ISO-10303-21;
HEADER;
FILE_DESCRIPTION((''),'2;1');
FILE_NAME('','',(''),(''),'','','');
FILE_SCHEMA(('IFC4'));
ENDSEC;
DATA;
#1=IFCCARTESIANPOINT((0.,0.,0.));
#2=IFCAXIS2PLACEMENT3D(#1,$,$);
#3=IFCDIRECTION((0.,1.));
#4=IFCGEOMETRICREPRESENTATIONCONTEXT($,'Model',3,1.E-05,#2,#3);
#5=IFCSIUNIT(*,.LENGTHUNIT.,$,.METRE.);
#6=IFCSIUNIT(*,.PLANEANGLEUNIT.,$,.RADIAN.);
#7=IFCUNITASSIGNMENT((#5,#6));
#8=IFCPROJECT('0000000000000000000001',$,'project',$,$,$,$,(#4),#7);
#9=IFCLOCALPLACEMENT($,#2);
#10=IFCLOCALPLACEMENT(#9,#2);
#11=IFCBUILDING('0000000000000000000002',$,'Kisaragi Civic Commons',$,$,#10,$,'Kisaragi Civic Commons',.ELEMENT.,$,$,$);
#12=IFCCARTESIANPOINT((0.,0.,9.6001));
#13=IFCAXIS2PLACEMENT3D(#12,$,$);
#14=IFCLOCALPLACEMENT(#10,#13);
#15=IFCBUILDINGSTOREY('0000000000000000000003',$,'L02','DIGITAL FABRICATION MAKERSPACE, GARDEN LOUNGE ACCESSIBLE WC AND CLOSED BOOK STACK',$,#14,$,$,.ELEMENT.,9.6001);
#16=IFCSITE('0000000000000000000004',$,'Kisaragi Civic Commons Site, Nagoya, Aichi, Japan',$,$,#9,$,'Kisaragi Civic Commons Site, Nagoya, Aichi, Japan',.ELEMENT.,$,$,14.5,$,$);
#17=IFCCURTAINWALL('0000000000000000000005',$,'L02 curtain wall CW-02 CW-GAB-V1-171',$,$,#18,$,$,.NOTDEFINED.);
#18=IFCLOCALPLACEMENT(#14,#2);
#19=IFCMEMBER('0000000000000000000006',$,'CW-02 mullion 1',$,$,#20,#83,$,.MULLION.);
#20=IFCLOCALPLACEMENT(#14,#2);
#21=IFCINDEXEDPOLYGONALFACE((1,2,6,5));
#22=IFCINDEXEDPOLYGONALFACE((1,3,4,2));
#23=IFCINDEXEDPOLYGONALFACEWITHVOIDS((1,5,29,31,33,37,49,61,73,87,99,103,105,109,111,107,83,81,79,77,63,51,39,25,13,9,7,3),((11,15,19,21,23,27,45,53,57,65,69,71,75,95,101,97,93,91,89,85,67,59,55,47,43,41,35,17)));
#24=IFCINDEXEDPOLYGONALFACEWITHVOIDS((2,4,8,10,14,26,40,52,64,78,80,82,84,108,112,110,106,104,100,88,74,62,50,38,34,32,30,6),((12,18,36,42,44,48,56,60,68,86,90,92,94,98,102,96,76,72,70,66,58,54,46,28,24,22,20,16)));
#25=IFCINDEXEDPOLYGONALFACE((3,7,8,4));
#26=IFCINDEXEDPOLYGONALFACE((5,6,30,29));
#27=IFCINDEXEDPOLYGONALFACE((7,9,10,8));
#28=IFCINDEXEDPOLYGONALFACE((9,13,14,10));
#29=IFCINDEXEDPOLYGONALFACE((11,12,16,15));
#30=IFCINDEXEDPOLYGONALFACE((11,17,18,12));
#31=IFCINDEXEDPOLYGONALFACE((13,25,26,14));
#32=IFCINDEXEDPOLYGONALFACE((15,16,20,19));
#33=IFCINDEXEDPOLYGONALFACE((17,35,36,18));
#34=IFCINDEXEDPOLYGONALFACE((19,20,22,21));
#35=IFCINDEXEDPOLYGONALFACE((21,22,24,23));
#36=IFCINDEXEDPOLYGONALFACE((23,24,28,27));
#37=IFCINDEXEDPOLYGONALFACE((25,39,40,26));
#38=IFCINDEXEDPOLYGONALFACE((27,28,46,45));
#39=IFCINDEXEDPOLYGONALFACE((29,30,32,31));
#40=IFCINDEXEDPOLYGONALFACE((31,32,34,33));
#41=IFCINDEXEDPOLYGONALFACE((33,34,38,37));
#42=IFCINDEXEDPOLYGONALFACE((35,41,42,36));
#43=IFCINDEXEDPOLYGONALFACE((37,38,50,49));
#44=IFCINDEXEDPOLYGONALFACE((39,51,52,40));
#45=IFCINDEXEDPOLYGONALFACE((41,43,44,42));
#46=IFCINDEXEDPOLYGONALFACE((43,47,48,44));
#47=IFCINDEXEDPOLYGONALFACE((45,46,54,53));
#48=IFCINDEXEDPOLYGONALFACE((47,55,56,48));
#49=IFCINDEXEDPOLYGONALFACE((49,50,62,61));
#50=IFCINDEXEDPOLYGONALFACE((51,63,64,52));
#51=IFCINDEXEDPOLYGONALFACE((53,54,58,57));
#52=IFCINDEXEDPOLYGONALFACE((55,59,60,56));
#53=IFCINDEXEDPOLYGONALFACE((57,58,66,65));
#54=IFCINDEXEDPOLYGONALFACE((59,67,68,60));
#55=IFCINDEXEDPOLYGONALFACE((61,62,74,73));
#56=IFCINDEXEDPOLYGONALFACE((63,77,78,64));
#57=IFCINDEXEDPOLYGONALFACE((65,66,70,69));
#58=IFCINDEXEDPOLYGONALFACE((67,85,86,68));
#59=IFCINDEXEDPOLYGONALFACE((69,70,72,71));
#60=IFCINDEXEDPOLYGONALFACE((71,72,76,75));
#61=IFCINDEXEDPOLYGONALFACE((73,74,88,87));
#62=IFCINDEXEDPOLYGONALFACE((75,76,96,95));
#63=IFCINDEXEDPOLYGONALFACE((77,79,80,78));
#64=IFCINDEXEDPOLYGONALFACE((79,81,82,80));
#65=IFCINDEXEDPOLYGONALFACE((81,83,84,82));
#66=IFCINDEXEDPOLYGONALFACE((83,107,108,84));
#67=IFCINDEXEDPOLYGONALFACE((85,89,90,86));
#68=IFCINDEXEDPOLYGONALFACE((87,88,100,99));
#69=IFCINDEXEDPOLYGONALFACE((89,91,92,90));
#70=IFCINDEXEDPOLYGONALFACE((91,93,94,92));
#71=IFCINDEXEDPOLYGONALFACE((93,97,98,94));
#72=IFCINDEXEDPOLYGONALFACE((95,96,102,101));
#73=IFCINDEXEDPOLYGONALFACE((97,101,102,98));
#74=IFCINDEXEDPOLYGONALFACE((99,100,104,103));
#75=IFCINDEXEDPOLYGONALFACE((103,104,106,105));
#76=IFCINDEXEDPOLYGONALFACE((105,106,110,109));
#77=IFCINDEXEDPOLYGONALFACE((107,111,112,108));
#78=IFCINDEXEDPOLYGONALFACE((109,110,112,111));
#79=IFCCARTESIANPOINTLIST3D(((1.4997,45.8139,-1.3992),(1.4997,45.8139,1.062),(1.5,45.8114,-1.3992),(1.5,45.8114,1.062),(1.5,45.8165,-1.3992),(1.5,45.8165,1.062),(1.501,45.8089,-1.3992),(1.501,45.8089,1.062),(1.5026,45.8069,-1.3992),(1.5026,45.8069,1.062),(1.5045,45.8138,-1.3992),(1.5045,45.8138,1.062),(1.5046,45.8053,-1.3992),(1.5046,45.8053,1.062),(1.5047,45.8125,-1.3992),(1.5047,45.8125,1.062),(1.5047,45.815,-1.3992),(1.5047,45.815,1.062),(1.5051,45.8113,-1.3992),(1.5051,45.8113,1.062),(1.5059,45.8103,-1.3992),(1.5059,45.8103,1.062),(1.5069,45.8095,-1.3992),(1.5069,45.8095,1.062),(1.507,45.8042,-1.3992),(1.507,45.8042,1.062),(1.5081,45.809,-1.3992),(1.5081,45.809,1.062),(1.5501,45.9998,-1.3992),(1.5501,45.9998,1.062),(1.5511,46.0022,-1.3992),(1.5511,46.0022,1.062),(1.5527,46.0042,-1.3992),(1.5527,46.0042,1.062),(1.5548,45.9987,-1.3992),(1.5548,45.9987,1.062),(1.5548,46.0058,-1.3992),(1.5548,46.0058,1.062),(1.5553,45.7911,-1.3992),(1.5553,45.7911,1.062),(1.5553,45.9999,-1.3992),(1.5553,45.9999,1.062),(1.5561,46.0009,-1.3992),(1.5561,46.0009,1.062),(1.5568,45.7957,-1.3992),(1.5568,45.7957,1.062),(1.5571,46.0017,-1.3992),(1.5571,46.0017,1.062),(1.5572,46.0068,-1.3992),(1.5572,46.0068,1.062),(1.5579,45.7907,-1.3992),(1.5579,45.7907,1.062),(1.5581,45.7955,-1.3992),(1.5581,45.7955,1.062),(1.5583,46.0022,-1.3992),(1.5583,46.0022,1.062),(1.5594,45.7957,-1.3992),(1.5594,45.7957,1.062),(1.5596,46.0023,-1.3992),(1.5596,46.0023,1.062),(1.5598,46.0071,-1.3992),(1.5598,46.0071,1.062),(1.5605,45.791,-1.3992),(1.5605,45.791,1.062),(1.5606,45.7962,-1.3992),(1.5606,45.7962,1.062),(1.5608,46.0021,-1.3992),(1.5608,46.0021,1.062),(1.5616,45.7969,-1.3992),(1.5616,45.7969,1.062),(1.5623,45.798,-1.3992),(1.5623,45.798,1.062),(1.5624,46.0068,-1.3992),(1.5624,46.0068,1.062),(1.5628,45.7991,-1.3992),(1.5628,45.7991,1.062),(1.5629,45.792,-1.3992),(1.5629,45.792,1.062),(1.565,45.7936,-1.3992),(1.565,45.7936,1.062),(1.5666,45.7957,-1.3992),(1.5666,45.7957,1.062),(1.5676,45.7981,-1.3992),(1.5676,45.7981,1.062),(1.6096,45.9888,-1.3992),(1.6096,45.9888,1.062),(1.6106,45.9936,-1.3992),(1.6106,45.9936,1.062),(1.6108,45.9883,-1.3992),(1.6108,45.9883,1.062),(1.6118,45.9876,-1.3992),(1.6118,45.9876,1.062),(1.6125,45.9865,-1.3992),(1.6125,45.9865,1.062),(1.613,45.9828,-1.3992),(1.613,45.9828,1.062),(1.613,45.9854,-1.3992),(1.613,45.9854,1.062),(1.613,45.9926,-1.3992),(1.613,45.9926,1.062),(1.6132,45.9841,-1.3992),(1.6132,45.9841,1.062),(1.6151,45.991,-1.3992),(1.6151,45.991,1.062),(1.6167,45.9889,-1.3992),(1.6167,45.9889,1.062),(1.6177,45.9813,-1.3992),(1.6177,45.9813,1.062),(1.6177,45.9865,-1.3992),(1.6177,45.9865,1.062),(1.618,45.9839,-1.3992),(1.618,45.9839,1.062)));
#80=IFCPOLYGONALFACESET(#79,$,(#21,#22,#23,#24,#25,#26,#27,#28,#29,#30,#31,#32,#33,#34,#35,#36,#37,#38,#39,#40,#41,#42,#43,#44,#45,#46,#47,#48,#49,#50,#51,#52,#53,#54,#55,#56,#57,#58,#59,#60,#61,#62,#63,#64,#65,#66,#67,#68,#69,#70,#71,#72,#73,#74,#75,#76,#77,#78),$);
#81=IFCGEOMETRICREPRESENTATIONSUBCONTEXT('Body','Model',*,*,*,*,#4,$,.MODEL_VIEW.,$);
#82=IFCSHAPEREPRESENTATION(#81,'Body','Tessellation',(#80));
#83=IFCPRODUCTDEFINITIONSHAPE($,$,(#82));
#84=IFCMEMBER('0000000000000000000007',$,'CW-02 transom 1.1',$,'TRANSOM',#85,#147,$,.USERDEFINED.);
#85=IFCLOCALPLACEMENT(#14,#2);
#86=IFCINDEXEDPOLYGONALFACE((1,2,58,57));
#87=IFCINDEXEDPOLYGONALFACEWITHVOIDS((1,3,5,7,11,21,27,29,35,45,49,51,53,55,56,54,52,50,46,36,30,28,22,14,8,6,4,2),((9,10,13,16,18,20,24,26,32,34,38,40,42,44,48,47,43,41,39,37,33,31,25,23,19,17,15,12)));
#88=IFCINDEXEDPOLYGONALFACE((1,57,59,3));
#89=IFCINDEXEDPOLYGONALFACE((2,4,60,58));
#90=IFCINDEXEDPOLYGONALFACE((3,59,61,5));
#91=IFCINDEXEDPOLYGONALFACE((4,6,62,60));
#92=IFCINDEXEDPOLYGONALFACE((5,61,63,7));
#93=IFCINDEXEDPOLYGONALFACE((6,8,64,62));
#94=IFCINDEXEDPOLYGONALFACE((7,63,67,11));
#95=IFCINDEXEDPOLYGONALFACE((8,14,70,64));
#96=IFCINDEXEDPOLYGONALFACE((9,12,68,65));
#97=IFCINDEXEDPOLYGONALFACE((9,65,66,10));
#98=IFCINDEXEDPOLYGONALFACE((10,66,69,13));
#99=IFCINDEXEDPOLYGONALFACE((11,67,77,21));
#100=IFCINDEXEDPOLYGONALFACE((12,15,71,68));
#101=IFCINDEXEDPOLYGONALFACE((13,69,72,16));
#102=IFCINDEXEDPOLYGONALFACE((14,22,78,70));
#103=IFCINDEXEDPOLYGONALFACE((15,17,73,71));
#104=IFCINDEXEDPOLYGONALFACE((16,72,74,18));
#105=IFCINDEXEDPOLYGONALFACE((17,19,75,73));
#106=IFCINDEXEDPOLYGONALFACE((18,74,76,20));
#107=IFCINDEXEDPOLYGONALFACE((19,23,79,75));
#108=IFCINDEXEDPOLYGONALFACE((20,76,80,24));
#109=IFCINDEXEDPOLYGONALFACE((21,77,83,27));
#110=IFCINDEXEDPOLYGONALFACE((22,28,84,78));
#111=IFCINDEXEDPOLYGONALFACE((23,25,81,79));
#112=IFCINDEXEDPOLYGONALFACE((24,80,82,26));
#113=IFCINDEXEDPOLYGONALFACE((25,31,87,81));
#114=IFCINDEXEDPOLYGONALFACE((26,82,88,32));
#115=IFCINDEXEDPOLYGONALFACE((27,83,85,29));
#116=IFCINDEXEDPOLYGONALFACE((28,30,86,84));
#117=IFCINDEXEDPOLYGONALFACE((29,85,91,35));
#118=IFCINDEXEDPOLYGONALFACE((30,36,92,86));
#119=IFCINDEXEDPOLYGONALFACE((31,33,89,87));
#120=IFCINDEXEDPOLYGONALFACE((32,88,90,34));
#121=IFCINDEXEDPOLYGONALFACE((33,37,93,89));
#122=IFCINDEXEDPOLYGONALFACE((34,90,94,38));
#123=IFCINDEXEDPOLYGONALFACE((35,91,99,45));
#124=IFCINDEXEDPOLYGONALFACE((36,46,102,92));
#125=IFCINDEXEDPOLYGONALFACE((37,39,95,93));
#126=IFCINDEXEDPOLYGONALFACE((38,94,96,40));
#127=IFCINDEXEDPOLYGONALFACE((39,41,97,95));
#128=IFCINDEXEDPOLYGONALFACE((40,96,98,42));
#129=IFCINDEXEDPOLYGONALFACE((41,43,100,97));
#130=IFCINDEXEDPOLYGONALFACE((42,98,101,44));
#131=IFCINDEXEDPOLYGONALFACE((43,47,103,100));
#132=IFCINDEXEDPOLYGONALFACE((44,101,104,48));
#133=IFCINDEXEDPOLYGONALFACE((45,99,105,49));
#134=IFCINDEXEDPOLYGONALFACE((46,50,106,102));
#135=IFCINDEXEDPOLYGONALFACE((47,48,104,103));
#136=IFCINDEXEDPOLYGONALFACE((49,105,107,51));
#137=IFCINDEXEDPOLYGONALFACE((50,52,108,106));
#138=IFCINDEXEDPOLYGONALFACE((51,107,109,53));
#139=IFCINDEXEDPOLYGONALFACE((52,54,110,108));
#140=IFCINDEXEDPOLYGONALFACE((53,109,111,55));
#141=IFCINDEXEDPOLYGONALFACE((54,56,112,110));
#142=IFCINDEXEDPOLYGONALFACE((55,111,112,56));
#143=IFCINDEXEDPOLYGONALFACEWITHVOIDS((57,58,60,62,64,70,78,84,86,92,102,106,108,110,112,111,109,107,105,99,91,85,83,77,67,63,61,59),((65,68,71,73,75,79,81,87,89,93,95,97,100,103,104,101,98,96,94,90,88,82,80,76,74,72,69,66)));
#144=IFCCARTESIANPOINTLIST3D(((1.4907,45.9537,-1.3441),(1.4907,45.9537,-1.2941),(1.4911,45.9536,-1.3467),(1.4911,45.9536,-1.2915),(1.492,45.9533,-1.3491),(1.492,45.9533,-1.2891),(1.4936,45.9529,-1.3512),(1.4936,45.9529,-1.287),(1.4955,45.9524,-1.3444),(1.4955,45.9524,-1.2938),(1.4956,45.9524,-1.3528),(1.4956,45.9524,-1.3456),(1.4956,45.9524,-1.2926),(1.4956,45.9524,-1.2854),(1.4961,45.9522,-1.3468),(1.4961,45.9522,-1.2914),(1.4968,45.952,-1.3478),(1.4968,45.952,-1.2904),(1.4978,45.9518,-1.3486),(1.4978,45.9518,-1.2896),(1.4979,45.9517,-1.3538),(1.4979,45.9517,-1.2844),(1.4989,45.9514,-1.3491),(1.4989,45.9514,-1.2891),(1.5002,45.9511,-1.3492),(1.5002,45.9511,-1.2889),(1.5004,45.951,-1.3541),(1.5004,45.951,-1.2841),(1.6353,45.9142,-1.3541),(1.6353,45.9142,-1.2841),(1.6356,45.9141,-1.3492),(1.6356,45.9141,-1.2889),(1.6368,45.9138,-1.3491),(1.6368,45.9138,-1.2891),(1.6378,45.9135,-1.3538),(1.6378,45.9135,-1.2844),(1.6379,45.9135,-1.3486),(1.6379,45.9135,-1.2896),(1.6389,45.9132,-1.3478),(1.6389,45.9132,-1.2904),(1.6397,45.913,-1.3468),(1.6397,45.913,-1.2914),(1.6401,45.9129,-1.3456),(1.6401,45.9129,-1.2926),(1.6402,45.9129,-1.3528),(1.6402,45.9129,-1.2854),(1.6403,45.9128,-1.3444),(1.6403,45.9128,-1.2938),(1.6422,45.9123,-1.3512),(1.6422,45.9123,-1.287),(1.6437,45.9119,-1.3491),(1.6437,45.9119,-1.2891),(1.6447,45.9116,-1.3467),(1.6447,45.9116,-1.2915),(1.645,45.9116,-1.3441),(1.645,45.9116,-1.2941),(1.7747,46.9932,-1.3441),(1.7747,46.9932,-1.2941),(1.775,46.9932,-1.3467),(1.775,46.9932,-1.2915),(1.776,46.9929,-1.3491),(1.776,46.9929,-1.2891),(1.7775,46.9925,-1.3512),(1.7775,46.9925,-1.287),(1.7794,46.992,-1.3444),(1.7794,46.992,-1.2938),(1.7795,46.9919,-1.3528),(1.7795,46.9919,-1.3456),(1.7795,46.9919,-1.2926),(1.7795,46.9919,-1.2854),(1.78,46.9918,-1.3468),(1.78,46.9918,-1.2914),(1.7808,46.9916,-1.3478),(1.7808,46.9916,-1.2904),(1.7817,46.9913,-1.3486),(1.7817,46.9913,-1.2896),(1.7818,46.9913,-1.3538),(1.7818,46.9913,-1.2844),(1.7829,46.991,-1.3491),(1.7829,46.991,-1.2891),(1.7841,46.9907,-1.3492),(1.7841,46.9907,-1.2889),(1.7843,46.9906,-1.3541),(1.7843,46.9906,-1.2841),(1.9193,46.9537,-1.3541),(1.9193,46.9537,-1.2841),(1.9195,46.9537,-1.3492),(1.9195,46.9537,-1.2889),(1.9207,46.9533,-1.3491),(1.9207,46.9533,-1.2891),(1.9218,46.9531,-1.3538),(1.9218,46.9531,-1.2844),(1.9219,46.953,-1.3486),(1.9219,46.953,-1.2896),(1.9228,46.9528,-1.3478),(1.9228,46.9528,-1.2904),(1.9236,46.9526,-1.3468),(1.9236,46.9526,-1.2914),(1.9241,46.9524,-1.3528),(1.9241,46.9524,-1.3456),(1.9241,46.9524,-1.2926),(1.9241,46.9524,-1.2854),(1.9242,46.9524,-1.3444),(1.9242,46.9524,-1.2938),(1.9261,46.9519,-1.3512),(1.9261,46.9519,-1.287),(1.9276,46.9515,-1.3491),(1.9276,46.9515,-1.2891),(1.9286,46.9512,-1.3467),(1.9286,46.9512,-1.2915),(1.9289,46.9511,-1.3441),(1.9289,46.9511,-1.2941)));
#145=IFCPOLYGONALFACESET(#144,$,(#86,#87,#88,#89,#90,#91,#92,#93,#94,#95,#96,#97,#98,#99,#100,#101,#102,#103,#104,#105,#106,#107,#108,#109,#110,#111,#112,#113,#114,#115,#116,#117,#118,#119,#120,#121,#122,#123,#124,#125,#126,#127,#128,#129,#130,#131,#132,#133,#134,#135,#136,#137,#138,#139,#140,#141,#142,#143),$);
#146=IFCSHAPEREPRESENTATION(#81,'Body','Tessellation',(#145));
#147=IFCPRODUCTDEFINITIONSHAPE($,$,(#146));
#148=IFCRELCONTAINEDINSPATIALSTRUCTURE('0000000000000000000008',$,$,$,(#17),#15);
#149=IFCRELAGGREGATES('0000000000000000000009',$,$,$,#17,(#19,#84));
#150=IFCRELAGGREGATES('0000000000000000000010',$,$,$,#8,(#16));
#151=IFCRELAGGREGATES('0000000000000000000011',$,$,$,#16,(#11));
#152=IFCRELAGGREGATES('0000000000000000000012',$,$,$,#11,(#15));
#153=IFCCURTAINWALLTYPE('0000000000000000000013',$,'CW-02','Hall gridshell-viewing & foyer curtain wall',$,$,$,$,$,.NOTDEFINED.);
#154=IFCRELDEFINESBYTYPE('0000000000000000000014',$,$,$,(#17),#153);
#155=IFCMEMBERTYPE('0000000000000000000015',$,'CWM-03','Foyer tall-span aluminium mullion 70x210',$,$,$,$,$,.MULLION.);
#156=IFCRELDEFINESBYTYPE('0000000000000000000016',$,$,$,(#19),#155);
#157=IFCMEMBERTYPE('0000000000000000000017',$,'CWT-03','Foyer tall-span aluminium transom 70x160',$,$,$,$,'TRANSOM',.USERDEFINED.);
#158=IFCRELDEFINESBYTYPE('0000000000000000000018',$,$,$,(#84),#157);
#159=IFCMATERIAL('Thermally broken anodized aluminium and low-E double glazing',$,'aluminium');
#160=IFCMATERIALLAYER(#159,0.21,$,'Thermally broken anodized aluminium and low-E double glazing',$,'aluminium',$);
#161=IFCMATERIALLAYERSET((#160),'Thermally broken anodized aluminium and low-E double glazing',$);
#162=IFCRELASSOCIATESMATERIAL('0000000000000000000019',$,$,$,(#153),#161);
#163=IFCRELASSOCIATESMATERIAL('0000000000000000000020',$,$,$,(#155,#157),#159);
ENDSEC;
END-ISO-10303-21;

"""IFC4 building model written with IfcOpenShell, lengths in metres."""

from ifc_helpers import new_model, si_unit, direction, frame, origin, origin_2d, place, context, subcontext, project, spatial, hollow_rectangle, extrude, material, layer, layer_set, material_profile, profile_set, type_object, element, aggregate, save


model = new_model("IFC4")

# Units and contexts
model_context = context("Model", 3, precision=1e-05, world=origin(), true_north=direction((0.0, 1.0)))
body_context = subcontext(model_context, "Body", "Model", "MODEL_VIEW")
ifc_project = project(units=[si_unit("LENGTHUNIT", "METRE"), si_unit("PLANEANGLEUNIT", "RADIAN")], contexts=[model_context])

# Site, building, storey
site_placement = place(None, origin())
site = spatial("IfcSite", under=ifc_project, at=site_placement, Name="Kisaragi Civic Commons Site, Nagoya, Aichi, Japan", LongName="Kisaragi Civic Commons Site, Nagoya, Aichi, Japan", CompositionType="ELEMENT", RefElevation=14.5)
building_placement = place(site_placement, origin())
building = spatial("IfcBuilding", under=site, at=building_placement, Name="Kisaragi Civic Commons", LongName="Kisaragi Civic Commons", CompositionType="ELEMENT")
storey_placement = place(building_placement, frame((0.0, 0.0, 9.6001)))
storey = spatial("IfcBuildingStorey", under=building, at=storey_placement, Name="L02", Description="DIGITAL FABRICATION MAKERSPACE, GARDEN LOUNGE ACCESSIBLE WC AND CLOSED BOOK STACK", CompositionType="ELEMENT", Elevation=9.6001)

# Curtain wall, members
ifc_material_1 = material(Name="Thermally broken anodized aluminium and low-E double glazing", Category="aluminium")
ifc_layer_1 = layer(ifc_material_1, 0.21, Name="Thermally broken anodized aluminium and low-E double glazing", Category="aluminium")
ifc_layer_set_1 = layer_set([ifc_layer_1], Name="Thermally broken anodized aluminium and low-E double glazing")
curtain_wall_type = type_object("IfcCurtainWallType", Name="CW-02", Description="Hall gridshell-viewing & foyer curtain wall", PredefinedType="NOTDEFINED", material=ifc_layer_set_1)
curtain_wall_placement = place(storey_placement, origin())
curtain_wall = element("IfcCurtainWall", 1, at=curtain_wall_placement, inside=storey, type_object=curtain_wall_type, Name="L02 curtain wall CW-02 CW-GAB-V1-171", PredefinedType="NOTDEFINED")
ifc_material_profile_1 = material_profile(ifc_material_1, hollow_rectangle(XDim=0.0701, YDim=0.21, WallThickness=0.0049, InnerFilletRadius=0.0049, OuterFilletRadius=0.01, at=origin_2d()), Name="CWM-70x210x5", Category="aluminium")
ifc_profile_set_1 = profile_set([ifc_material_profile_1], Name="Thermally broken anodized aluminium and low-E double glazing")
member_type_1 = type_object("IfcMemberType", Name="CWM-03", Description="Foyer tall-span aluminium mullion 70x210", PredefinedType="MULLION", material=ifc_profile_set_1)
member_1_placement = place(storey_placement, frame((1.5588, 45.8989, -1.3992), z_axis=(0.0, 0.0, 1.0), x_axis=(-0.964682, 0.263418, 0.0)))
member_1 = element("IfcMember", 2, at=member_1_placement, type_object=member_type_1, Name="CW-02 mullion 1", PredefinedType="MULLION", context=body_context, shape_type="SweptSolid", body=[
    extrude(hollow_rectangle(XDim=0.0701, YDim=0.21, WallThickness=0.0049, InnerFilletRadius=0.0049, OuterFilletRadius=0.01, at=origin_2d()), origin(), (0.0, 0.0, 1.0), 2.4612),
])
ifc_material_profile_2 = material_profile(ifc_material_1, hollow_rectangle(XDim=0.1599, YDim=0.0701, WallThickness=0.0049, InnerFilletRadius=0.0049, OuterFilletRadius=0.01, at=origin_2d()), Name="CWT-70x160x5", Category="aluminium")
ifc_profile_set_2 = profile_set([ifc_material_profile_2], Name="Thermally broken anodized aluminium and low-E double glazing")
member_type_2 = type_object("IfcMemberType", Name="CWT-03", Description="Foyer tall-span aluminium transom 70x160", ElementType="TRANSOM", PredefinedType="USERDEFINED", material=ifc_profile_set_2)
member_2_placement = place(storey_placement, frame((1.5679, 45.9326, -1.3191), z_axis=(0.263482, 0.964664, 0.0), x_axis=(-0.964664, 0.263482, 0.0)))
member_2 = element("IfcMember", 3, at=member_2_placement, type_object=member_type_2, Name="CW-02 transom 1.1", ObjectType="TRANSOM", PredefinedType="USERDEFINED", context=body_context, shape_type="SweptSolid", body=[
    extrude(hollow_rectangle(XDim=0.1599, YDim=0.0701, WallThickness=0.0049, InnerFilletRadius=0.0049, OuterFilletRadius=0.01, at=origin_2d()), origin(), (0.0, 0.0, 1.0), 1.0776),
])
aggregate(curtain_wall, [member_1, member_2])

save(model, "model.ifc")
